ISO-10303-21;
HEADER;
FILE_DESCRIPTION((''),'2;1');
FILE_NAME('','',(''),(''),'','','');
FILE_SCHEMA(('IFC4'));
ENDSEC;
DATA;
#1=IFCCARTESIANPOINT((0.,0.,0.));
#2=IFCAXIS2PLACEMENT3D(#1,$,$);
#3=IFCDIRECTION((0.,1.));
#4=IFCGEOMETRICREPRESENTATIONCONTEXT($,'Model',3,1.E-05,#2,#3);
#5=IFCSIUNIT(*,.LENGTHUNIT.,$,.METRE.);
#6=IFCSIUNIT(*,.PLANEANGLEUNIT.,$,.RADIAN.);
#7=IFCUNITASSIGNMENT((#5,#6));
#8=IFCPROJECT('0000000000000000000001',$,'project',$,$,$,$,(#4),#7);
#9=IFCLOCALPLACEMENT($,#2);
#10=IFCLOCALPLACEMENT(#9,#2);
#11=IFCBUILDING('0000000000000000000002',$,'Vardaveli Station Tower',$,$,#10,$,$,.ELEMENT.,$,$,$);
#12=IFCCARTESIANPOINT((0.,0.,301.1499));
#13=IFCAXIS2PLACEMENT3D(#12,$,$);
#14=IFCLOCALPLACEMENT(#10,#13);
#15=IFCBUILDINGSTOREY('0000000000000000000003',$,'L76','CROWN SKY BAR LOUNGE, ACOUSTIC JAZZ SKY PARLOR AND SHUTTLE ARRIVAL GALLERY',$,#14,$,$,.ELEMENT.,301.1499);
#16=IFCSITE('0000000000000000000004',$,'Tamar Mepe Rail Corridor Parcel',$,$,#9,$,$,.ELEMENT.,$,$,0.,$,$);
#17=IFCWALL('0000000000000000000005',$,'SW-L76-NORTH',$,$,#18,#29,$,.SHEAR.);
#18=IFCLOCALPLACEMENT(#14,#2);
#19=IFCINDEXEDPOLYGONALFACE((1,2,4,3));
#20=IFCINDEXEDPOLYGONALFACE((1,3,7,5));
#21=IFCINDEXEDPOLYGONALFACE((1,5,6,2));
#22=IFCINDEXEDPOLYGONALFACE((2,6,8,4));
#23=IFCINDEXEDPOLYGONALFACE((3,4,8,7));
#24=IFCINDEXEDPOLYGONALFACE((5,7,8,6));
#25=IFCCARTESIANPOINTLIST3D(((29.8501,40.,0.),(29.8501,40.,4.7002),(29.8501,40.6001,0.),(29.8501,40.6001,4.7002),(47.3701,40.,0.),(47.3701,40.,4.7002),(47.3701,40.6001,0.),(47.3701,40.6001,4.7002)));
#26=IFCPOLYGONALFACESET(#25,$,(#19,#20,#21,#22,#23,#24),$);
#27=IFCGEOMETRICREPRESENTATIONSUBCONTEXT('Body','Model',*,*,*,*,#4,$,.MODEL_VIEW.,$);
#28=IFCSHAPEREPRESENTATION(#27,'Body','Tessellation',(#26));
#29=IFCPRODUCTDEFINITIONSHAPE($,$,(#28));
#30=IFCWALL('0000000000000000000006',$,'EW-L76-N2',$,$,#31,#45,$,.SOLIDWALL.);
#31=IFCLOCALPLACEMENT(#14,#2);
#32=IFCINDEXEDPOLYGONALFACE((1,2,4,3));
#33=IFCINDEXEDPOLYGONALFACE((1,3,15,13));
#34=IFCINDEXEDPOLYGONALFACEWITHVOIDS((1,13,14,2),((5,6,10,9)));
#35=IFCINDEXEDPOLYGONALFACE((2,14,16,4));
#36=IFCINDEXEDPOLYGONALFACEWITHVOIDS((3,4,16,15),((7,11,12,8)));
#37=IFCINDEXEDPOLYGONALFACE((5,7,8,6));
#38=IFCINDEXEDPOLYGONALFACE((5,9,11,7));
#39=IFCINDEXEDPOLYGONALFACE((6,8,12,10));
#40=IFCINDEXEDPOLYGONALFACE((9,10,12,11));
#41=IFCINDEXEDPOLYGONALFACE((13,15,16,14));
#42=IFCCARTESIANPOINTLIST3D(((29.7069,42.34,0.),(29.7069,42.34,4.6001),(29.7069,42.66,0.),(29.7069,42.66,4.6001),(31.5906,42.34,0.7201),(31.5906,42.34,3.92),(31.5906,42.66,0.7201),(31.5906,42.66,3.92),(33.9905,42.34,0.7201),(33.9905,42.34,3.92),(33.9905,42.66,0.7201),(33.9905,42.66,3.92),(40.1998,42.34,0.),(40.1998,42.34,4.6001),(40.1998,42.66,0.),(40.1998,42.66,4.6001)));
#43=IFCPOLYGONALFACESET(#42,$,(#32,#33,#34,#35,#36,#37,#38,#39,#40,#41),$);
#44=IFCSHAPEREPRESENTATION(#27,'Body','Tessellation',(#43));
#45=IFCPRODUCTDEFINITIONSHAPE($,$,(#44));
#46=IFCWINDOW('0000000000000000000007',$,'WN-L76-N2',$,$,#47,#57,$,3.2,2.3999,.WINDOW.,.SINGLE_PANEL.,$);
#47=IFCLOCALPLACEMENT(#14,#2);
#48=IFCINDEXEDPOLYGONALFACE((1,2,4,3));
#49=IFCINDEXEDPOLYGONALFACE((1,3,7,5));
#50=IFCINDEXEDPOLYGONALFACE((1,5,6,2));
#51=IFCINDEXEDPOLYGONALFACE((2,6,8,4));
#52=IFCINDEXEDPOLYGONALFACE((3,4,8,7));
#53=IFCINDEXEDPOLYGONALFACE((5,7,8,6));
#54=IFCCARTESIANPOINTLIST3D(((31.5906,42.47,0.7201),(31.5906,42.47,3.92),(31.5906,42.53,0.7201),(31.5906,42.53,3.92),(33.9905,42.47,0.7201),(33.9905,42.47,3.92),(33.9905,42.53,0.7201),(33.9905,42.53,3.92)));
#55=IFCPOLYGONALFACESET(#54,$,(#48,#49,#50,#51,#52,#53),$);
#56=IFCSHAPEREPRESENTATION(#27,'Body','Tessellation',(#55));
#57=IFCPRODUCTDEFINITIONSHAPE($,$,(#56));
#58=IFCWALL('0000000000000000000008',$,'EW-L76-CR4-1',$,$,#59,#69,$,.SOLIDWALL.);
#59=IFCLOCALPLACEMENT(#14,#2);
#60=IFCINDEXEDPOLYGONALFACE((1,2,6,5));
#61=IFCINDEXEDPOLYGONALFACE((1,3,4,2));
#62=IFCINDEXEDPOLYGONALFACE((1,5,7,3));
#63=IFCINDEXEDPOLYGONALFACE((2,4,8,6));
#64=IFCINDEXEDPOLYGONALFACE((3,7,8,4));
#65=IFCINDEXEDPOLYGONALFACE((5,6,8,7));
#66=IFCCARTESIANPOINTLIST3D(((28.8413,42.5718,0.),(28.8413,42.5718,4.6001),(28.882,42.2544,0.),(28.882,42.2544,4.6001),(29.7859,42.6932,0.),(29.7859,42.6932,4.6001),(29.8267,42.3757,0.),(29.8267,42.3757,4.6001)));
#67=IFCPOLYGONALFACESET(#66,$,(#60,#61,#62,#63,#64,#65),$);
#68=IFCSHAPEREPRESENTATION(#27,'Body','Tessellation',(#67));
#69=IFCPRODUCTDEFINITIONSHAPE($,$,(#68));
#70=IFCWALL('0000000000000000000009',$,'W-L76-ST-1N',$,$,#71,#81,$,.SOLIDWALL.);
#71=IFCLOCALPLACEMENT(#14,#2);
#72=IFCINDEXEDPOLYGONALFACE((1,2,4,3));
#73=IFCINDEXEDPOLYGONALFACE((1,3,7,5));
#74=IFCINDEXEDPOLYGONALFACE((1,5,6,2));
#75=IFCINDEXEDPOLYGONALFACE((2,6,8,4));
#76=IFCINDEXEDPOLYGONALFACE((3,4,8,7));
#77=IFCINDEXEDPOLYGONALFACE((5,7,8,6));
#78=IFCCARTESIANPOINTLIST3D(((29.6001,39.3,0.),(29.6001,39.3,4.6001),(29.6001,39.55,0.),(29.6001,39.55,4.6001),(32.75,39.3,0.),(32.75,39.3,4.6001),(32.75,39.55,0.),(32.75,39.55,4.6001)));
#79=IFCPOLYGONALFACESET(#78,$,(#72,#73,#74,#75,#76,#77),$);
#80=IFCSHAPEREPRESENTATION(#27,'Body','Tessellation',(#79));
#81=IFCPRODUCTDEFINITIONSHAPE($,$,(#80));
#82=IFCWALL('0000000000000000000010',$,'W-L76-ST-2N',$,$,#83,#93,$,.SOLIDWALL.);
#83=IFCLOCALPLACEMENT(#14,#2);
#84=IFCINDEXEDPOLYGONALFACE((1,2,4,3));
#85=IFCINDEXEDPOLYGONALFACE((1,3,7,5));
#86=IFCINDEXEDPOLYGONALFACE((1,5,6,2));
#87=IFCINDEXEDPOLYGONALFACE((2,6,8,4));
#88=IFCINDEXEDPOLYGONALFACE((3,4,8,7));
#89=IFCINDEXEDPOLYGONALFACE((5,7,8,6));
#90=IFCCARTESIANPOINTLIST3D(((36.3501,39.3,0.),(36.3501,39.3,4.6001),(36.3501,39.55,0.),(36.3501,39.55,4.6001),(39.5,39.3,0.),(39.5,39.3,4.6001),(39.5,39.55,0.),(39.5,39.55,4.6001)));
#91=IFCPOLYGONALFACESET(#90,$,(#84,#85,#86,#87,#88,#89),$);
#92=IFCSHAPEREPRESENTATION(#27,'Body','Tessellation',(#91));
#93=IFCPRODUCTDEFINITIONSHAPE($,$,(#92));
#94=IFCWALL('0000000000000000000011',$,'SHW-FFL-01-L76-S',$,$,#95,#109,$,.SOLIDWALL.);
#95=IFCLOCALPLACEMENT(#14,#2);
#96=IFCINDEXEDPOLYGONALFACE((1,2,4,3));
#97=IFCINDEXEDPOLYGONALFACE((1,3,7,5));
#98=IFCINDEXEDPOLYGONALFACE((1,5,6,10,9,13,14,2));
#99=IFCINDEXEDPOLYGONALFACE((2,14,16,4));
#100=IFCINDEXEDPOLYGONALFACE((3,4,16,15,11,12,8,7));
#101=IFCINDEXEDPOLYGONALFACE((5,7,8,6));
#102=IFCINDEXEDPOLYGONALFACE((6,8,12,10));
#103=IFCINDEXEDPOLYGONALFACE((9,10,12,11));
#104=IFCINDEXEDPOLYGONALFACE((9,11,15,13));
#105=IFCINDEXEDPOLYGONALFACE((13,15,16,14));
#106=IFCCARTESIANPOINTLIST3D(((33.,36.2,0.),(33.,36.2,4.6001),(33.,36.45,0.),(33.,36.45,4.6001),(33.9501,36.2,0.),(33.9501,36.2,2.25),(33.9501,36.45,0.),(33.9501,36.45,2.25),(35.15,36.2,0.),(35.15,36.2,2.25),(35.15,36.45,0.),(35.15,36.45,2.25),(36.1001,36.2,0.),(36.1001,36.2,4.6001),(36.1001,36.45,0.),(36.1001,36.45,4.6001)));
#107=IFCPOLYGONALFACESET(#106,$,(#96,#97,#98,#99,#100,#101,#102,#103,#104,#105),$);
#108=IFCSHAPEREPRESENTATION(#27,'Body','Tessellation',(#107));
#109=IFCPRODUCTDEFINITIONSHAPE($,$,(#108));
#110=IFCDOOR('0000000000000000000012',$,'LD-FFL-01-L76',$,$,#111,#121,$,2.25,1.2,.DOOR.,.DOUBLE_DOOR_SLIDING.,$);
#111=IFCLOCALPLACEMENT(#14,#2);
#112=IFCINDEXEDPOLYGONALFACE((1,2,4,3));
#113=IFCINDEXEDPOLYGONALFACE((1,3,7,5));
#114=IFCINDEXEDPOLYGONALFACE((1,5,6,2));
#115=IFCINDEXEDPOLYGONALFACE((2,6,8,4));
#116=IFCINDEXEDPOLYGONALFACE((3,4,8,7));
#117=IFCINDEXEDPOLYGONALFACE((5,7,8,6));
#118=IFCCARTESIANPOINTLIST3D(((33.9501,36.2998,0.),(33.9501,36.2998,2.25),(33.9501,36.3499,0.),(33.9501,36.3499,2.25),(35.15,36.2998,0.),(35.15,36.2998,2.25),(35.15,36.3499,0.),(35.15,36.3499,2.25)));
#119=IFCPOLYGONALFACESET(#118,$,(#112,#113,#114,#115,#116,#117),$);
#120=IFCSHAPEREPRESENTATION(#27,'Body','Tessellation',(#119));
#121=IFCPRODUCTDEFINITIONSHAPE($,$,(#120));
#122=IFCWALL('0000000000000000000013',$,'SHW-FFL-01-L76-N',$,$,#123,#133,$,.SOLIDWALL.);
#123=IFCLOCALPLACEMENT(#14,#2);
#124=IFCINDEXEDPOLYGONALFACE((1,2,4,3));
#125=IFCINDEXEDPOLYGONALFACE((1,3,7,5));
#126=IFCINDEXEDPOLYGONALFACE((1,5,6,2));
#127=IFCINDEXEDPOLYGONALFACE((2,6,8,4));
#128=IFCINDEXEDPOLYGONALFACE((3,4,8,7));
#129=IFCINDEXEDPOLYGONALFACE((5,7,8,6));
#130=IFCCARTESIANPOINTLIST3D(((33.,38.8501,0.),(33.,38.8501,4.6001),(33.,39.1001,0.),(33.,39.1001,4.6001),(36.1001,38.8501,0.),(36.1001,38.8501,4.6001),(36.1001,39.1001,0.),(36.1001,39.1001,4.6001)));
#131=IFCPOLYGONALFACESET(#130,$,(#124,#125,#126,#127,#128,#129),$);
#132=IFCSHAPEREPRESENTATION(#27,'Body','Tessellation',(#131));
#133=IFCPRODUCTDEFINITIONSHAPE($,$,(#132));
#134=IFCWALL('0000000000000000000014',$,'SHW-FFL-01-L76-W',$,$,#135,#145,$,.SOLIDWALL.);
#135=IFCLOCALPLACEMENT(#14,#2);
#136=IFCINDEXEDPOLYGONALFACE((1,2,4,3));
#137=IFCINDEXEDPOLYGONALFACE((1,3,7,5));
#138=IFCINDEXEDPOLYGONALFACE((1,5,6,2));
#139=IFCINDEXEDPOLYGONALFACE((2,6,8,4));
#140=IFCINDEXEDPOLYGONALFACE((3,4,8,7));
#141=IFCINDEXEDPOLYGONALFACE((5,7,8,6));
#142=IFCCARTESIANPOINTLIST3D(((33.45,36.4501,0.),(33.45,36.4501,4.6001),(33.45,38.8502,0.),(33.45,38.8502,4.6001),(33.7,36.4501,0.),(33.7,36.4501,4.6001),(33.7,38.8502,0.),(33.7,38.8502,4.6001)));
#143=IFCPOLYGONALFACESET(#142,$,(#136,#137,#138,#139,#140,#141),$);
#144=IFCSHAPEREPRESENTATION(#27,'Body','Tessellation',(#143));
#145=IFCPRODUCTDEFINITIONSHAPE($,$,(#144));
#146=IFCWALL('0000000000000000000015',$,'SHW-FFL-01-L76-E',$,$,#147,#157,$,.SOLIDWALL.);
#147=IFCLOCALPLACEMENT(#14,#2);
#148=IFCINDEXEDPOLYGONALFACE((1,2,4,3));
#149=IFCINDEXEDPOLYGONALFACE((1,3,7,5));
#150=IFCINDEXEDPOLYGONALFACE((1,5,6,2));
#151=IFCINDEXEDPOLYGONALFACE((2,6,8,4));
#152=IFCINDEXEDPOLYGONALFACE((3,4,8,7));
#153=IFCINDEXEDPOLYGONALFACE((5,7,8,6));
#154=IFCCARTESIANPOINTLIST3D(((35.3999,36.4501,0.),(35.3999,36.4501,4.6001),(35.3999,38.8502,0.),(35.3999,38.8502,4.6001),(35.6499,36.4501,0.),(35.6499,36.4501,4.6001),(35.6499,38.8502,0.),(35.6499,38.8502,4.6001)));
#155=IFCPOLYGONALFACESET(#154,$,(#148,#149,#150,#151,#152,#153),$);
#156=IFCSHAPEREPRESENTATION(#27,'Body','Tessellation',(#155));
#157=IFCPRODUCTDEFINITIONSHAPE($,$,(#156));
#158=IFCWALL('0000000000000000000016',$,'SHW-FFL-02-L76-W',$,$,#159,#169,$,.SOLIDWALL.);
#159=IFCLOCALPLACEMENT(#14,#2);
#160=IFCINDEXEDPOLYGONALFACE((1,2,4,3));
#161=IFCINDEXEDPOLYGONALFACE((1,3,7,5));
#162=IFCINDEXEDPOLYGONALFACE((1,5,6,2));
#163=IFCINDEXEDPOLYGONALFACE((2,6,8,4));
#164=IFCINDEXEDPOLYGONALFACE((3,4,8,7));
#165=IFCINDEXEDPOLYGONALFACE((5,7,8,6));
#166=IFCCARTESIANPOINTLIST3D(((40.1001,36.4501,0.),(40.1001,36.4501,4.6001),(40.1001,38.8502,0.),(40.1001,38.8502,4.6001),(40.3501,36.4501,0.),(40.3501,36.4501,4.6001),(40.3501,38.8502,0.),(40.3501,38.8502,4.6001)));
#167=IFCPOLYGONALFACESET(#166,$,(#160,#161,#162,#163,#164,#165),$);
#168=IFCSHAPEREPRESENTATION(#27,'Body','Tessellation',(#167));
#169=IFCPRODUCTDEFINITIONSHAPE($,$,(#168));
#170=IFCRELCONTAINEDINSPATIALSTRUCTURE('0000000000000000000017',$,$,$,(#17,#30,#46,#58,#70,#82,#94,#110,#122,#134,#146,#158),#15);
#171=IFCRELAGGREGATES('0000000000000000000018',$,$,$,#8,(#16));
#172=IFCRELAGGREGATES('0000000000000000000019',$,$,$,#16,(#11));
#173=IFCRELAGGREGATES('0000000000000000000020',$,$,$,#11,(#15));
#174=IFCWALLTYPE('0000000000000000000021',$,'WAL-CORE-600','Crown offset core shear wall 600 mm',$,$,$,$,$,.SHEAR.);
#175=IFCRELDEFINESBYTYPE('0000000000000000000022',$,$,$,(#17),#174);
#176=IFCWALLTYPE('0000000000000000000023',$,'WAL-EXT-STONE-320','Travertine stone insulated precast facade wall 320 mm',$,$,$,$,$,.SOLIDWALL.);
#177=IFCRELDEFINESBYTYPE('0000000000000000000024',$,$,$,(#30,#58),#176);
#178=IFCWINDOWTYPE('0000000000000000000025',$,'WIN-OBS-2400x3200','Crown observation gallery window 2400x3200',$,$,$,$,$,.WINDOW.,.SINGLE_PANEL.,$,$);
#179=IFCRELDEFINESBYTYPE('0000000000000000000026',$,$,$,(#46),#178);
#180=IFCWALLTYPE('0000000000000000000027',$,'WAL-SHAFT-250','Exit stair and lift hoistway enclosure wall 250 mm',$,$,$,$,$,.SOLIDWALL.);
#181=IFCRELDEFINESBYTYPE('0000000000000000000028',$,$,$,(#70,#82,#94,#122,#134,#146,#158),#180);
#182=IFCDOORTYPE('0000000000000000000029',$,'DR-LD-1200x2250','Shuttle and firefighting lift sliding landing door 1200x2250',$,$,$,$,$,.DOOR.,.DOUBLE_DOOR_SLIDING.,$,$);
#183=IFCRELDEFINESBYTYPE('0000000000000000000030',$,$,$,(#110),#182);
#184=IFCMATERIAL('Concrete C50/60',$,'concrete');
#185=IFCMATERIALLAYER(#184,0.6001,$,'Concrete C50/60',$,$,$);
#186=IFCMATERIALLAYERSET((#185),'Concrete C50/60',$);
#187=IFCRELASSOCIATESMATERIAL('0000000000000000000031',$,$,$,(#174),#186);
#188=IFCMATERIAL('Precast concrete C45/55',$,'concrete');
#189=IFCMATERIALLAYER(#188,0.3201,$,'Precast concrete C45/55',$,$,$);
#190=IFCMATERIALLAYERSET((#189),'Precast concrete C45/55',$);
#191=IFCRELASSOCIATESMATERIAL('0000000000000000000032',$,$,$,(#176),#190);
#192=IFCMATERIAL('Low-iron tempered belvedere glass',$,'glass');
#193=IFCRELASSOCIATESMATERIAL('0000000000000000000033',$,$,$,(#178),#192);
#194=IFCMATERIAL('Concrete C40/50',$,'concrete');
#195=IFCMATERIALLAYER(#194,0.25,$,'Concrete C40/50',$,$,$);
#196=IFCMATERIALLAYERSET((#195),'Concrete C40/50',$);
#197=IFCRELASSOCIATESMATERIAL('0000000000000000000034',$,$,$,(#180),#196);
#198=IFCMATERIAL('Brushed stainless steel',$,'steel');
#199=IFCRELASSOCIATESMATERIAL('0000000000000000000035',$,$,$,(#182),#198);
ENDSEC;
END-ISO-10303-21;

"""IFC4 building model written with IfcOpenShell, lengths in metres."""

from ifc_helpers import new_model, si_unit, direction, frame, frame_2d, origin, place, context, subcontext, project, spatial, rectangle, extrude, source, transform, mapped, material, layer, layer_set, type_object, element, fill, save


model = new_model("IFC4")

# Units and contexts
model_context = context("Model", 3, precision=1e-05, world=origin(), true_north=direction((0.0, 1.0)))
body_context = subcontext(model_context, "Body", "Model", "MODEL_VIEW")
ifc_project = project(units=[si_unit("LENGTHUNIT", "METRE"), si_unit("PLANEANGLEUNIT", "RADIAN")], contexts=[model_context])

# Site, building, storey
site_placement = place(None, origin())
site = spatial("IfcSite", under=ifc_project, at=site_placement, Name="Tamar Mepe Rail Corridor Parcel", CompositionType="ELEMENT", RefElevation=0.0)
building_placement = place(site_placement, origin())
building = spatial("IfcBuilding", under=site, at=building_placement, Name="Vardaveli Station Tower", CompositionType="ELEMENT")
storey_placement = place(building_placement, frame((0.0, 0.0, 301.1499)))
storey = spatial("IfcBuildingStorey", under=building, at=storey_placement, Name="L76", Description="CROWN SKY BAR LOUNGE, ACOUSTIC JAZZ SKY PARLOR AND SHUTTLE ARRIVAL GALLERY", CompositionType="ELEMENT", Elevation=301.1499)

# Shared definitions
ifc_material_1 = material(Name="Concrete C50/60", Category="concrete")

# Shared definitions
ifc_material_2 = material(Name="Precast concrete C45/55", Category="concrete")

# Wall
ifc_layer_1 = layer(ifc_material_1, 0.6001, Name="Concrete C50/60")
ifc_layer_set_1 = layer_set([ifc_layer_1], Name="Concrete C50/60")
wall_type_1 = type_object("IfcWallType", Name="WAL-CORE-600", Description="Crown offset core shear wall 600 mm", PredefinedType="SHEAR", material=ifc_layer_set_1)
shared_shape_1 = source(origin(), body_context, "Body", "SweptSolid", [
    extrude(rectangle(XDim=17.52, YDim=0.6001, at=frame_2d((8.76, 0.0))), origin(), (0.0, 0.0, 1.0), 4.7002),
])
wall_1_placement = place(storey_placement, frame((29.8501, 40.3, 0.0), z_axis=(0.0, 0.0, 1.0), x_axis=(1.0, 0.0, 0.0)))
element("IfcWall", 1, at=wall_1_placement, inside=storey, type_object=wall_type_1, Name="SW-L76-NORTH", PredefinedType="SHEAR", context=body_context, shape_type="MappedRepresentation", body=[
    mapped(shared_shape_1, transform((0.0, 0.0, 0.0), scale=1.0)),
])

# Wall, opening, window
ifc_layer_2 = layer(ifc_material_2, 0.3201, Name="Precast concrete C45/55")
ifc_layer_set_2 = layer_set([ifc_layer_2], Name="Precast concrete C45/55")
wall_type_2 = type_object("IfcWallType", Name="WAL-EXT-STONE-320", Description="Travertine stone insulated precast facade wall 320 mm", PredefinedType="SOLIDWALL", material=ifc_layer_set_2)
shared_shape_2 = source(origin(), body_context, "Body", "SweptSolid", [
    extrude(rectangle(XDim=10.4929, YDim=0.3201, at=frame_2d((5.2466, 0.0))), origin(), (0.0, 0.0, 1.0), 4.6001),
])
wall_2_placement = place(storey_placement, frame((40.2, 42.5, 0.0), z_axis=(0.0, 0.0, 1.0), x_axis=(-1.0, 0.0, 0.0)))
wall_2 = element("IfcWall", 2, at=wall_2_placement, inside=storey, type_object=wall_type_2, Name="EW-L76-N2", PredefinedType="SOLIDWALL", context=body_context, shape_type="MappedRepresentation", body=[
    mapped(shared_shape_2, transform((0.0, 0.0, 0.0), scale=1.0)),
])
shared_shape_3 = source(origin(), body_context, "Body", "SweptSolid", [
    extrude(rectangle(XDim=2.3999, YDim=3.2, at=frame_2d((1.2, 1.6001))), frame((0.0, 0.1699, 0.0), z_axis=(0.0, -1.0, 0.0), x_axis=(1.0, 0.0, 0.0)), (0.0, 0.0, 1.0), 0.3401),
])
opening_1_placement = place(wall_2_placement, frame((6.2095, 0.0, 0.72)))
opening_1 = element("IfcOpeningElement", 3, at=opening_1_placement, cuts=wall_2, PredefinedType="OPENING", context=body_context, shape_type="MappedRepresentation", body=[
    mapped(shared_shape_3, transform((0.0, 0.0, 0.0), scale=1.0)),
])
ifc_material_3 = material(Name="Low-iron tempered belvedere glass", Category="glass")
window_type = type_object("IfcWindowType", Name="WIN-OBS-2400x3200", Description="Crown observation gallery window 2400x3200", PartitioningType="SINGLE_PANEL", PredefinedType="WINDOW", material=ifc_material_3)
shared_shape_4 = source(origin(), body_context, "Body", "SweptSolid", [
    extrude(rectangle(XDim=2.3999, YDim=3.2, at=frame_2d((1.2, 1.6001))), frame((0.0, 0.03, 0.0), z_axis=(0.0, -1.0, 0.0), x_axis=(1.0, 0.0, 0.0)), (0.0, 0.0, 1.0), 0.0601),
])
window_placement = place(opening_1_placement, origin())
window = element("IfcWindow", 4, at=window_placement, inside=storey, type_object=window_type, Name="WN-L76-N2", OverallHeight=3.2, OverallWidth=2.3999, PartitioningType="SINGLE_PANEL", PredefinedType="WINDOW", context=body_context, shape_type="MappedRepresentation", body=[
    mapped(shared_shape_4, transform((0.0, 0.0, 0.0), scale=1.0)),
])
fill(opening_1, window)

# Walls
shared_shape_5 = source(origin(), body_context, "Body", "SweptSolid", [
    extrude(rectangle(XDim=0.9524, YDim=0.3201, at=frame_2d((0.4761, 0.0))), origin(), (0.0, 0.0, 1.0), 4.6001),
])
wall_3_placement = place(storey_placement, frame((29.8062, 42.5344, 0.0), z_axis=(0.0, 0.0, 1.0), x_axis=(-0.99185, -0.12741, 0.0)))
element("IfcWall", 5, at=wall_3_placement, inside=storey, type_object=wall_type_2, Name="EW-L76-CR4-1", PredefinedType="SOLIDWALL", context=body_context, shape_type="MappedRepresentation", body=[
    mapped(shared_shape_5, transform((0.0, 0.0, 0.0), scale=1.0)),
])
ifc_material_4 = material(Name="Concrete C40/50", Category="concrete")
ifc_layer_3 = layer(ifc_material_4, 0.25, Name="Concrete C40/50")
ifc_layer_set_3 = layer_set([ifc_layer_3], Name="Concrete C40/50")
wall_type_3 = type_object("IfcWallType", Name="WAL-SHAFT-250", Description="Exit stair and lift hoistway enclosure wall 250 mm", PredefinedType="SOLIDWALL", material=ifc_layer_set_3)
shared_shape_6 = source(origin(), body_context, "Body", "SweptSolid", [
    extrude(rectangle(XDim=3.1499, YDim=0.25, at=frame_2d((1.575, 0.0))), origin(), (0.0, 0.0, 1.0), 4.6001),
])
for number, where, z_axis, x_axis, name in (
    (6, (29.6001, 39.425, 0.0), (0.0, 0.0, 1.0), (1.0, 0.0, 0.0), "W-L76-ST-1N"),
    (7, (36.3501, 39.425, 0.0), (0.0, 0.0, 1.0), (1.0, 0.0, 0.0), "W-L76-ST-2N"),
):
    element("IfcWall", number, at=place(storey_placement, frame(where, z_axis=z_axis, x_axis=x_axis)), inside=storey, type_object=wall_type_3, Name=name, PredefinedType="SOLIDWALL", context=body_context, shape_type="MappedRepresentation", body=[
        mapped(shared_shape_6, transform((0.0, 0.0, 0.0), scale=1.0)),
    ])

# Wall, opening, door
shared_shape_7 = source(origin(), body_context, "Body", "SweptSolid", [
    extrude(rectangle(XDim=3.1001, YDim=0.25, at=frame_2d((1.55, 0.0))), origin(), (0.0, 0.0, 1.0), 4.6001),
])
wall_4_placement = place(storey_placement, frame((33.0, 36.325, 0.0), z_axis=(0.0, 0.0, 1.0), x_axis=(1.0, 0.0, 0.0)))
wall_4 = element("IfcWall", 8, at=wall_4_placement, inside=storey, type_object=wall_type_3, Name="SHW-FFL-01-L76-S", PredefinedType="SOLIDWALL", context=body_context, shape_type="MappedRepresentation", body=[
    mapped(shared_shape_7, transform((0.0, 0.0, 0.0), scale=1.0)),
])
shared_shape_8 = source(origin(), body_context, "Body", "SweptSolid", [
    extrude(rectangle(XDim=1.2, YDim=2.25, at=frame_2d((0.6001, 1.125))), frame((0.0, 0.135, 0.0), z_axis=(0.0, -1.0, 0.0), x_axis=(1.0, 0.0, 0.0)), (0.0, 0.0, 1.0), 0.27),
])
opening_2_placement = place(wall_4_placement, frame((0.95, 0.0, 0.0)))
opening_2 = element("IfcOpeningElement", 9, at=opening_2_placement, cuts=wall_4, PredefinedType="OPENING", context=body_context, shape_type="MappedRepresentation", body=[
    mapped(shared_shape_8, transform((0.0, 0.0, 0.0), scale=1.0)),
])
ifc_material_5 = material(Name="Brushed stainless steel", Category="steel")
door_type = type_object("IfcDoorType", Name="DR-LD-1200x2250", Description="Shuttle and firefighting lift sliding landing door 1200x2250", OperationType="DOUBLE_DOOR_SLIDING", PredefinedType="DOOR", material=ifc_material_5)
shared_shape_9 = source(origin(), body_context, "Body", "SweptSolid", [
    extrude(rectangle(XDim=1.2, YDim=2.25, at=frame_2d((0.6001, 1.125))), frame((0.0, 0.0249, 0.0), z_axis=(0.0, -1.0, 0.0), x_axis=(1.0, 0.0, 0.0)), (0.0, 0.0, 1.0), 0.05),
])
door_1_placement = place(opening_2_placement, origin())
door_1 = element("IfcDoor", 10, at=door_1_placement, inside=storey, type_object=door_type, Name="LD-FFL-01-L76", OperationType="DOUBLE_DOOR_SLIDING", OverallHeight=2.25, OverallWidth=1.2, PredefinedType="DOOR", context=body_context, shape_type="MappedRepresentation", body=[
    mapped(shared_shape_9, transform((0.0, 0.0, 0.0), scale=1.0)),
])
fill(opening_2, door_1)

# Walls
wall_5_placement = place(storey_placement, frame((33.0, 38.9751, 0.0), z_axis=(0.0, 0.0, 1.0), x_axis=(1.0, 0.0, 0.0)))
element("IfcWall", 11, at=wall_5_placement, inside=storey, type_object=wall_type_3, Name="SHW-FFL-01-L76-N", PredefinedType="SOLIDWALL", context=body_context, shape_type="MappedRepresentation", body=[
    mapped(shared_shape_7, transform((0.0, 0.0, 0.0), scale=1.0)),
])
shared_shape_10 = source(origin(), body_context, "Body", "SweptSolid", [
    extrude(rectangle(XDim=2.4001, YDim=0.25, at=frame_2d((1.2002, 0.0))), origin(), (0.0, 0.0, 1.0), 4.6001),
])
for number, where, z_axis, x_axis, name in (
    (12, (33.575, 36.45, 0.0), (0.0, 0.0, 1.0), (0.0, 1.0, 0.0), "SHW-FFL-01-L76-W"),
    (13, (35.5249, 36.45, 0.0), (0.0, 0.0, 1.0), (0.0, 1.0, 0.0), "SHW-FFL-01-L76-E"),
    (14, (40.2251, 36.45, 0.0), (0.0, 0.0, 1.0), (0.0, 1.0, 0.0), "SHW-FFL-02-L76-W"),
):
    element("IfcWall", number, at=place(storey_placement, frame(where, z_axis=z_axis, x_axis=x_axis)), inside=storey, type_object=wall_type_3, Name=name, PredefinedType="SOLIDWALL", context=body_context, shape_type="MappedRepresentation", body=[
        mapped(shared_shape_10, transform((0.0, 0.0, 0.0), scale=1.0)),
    ])

save(model, "model.ifc")
